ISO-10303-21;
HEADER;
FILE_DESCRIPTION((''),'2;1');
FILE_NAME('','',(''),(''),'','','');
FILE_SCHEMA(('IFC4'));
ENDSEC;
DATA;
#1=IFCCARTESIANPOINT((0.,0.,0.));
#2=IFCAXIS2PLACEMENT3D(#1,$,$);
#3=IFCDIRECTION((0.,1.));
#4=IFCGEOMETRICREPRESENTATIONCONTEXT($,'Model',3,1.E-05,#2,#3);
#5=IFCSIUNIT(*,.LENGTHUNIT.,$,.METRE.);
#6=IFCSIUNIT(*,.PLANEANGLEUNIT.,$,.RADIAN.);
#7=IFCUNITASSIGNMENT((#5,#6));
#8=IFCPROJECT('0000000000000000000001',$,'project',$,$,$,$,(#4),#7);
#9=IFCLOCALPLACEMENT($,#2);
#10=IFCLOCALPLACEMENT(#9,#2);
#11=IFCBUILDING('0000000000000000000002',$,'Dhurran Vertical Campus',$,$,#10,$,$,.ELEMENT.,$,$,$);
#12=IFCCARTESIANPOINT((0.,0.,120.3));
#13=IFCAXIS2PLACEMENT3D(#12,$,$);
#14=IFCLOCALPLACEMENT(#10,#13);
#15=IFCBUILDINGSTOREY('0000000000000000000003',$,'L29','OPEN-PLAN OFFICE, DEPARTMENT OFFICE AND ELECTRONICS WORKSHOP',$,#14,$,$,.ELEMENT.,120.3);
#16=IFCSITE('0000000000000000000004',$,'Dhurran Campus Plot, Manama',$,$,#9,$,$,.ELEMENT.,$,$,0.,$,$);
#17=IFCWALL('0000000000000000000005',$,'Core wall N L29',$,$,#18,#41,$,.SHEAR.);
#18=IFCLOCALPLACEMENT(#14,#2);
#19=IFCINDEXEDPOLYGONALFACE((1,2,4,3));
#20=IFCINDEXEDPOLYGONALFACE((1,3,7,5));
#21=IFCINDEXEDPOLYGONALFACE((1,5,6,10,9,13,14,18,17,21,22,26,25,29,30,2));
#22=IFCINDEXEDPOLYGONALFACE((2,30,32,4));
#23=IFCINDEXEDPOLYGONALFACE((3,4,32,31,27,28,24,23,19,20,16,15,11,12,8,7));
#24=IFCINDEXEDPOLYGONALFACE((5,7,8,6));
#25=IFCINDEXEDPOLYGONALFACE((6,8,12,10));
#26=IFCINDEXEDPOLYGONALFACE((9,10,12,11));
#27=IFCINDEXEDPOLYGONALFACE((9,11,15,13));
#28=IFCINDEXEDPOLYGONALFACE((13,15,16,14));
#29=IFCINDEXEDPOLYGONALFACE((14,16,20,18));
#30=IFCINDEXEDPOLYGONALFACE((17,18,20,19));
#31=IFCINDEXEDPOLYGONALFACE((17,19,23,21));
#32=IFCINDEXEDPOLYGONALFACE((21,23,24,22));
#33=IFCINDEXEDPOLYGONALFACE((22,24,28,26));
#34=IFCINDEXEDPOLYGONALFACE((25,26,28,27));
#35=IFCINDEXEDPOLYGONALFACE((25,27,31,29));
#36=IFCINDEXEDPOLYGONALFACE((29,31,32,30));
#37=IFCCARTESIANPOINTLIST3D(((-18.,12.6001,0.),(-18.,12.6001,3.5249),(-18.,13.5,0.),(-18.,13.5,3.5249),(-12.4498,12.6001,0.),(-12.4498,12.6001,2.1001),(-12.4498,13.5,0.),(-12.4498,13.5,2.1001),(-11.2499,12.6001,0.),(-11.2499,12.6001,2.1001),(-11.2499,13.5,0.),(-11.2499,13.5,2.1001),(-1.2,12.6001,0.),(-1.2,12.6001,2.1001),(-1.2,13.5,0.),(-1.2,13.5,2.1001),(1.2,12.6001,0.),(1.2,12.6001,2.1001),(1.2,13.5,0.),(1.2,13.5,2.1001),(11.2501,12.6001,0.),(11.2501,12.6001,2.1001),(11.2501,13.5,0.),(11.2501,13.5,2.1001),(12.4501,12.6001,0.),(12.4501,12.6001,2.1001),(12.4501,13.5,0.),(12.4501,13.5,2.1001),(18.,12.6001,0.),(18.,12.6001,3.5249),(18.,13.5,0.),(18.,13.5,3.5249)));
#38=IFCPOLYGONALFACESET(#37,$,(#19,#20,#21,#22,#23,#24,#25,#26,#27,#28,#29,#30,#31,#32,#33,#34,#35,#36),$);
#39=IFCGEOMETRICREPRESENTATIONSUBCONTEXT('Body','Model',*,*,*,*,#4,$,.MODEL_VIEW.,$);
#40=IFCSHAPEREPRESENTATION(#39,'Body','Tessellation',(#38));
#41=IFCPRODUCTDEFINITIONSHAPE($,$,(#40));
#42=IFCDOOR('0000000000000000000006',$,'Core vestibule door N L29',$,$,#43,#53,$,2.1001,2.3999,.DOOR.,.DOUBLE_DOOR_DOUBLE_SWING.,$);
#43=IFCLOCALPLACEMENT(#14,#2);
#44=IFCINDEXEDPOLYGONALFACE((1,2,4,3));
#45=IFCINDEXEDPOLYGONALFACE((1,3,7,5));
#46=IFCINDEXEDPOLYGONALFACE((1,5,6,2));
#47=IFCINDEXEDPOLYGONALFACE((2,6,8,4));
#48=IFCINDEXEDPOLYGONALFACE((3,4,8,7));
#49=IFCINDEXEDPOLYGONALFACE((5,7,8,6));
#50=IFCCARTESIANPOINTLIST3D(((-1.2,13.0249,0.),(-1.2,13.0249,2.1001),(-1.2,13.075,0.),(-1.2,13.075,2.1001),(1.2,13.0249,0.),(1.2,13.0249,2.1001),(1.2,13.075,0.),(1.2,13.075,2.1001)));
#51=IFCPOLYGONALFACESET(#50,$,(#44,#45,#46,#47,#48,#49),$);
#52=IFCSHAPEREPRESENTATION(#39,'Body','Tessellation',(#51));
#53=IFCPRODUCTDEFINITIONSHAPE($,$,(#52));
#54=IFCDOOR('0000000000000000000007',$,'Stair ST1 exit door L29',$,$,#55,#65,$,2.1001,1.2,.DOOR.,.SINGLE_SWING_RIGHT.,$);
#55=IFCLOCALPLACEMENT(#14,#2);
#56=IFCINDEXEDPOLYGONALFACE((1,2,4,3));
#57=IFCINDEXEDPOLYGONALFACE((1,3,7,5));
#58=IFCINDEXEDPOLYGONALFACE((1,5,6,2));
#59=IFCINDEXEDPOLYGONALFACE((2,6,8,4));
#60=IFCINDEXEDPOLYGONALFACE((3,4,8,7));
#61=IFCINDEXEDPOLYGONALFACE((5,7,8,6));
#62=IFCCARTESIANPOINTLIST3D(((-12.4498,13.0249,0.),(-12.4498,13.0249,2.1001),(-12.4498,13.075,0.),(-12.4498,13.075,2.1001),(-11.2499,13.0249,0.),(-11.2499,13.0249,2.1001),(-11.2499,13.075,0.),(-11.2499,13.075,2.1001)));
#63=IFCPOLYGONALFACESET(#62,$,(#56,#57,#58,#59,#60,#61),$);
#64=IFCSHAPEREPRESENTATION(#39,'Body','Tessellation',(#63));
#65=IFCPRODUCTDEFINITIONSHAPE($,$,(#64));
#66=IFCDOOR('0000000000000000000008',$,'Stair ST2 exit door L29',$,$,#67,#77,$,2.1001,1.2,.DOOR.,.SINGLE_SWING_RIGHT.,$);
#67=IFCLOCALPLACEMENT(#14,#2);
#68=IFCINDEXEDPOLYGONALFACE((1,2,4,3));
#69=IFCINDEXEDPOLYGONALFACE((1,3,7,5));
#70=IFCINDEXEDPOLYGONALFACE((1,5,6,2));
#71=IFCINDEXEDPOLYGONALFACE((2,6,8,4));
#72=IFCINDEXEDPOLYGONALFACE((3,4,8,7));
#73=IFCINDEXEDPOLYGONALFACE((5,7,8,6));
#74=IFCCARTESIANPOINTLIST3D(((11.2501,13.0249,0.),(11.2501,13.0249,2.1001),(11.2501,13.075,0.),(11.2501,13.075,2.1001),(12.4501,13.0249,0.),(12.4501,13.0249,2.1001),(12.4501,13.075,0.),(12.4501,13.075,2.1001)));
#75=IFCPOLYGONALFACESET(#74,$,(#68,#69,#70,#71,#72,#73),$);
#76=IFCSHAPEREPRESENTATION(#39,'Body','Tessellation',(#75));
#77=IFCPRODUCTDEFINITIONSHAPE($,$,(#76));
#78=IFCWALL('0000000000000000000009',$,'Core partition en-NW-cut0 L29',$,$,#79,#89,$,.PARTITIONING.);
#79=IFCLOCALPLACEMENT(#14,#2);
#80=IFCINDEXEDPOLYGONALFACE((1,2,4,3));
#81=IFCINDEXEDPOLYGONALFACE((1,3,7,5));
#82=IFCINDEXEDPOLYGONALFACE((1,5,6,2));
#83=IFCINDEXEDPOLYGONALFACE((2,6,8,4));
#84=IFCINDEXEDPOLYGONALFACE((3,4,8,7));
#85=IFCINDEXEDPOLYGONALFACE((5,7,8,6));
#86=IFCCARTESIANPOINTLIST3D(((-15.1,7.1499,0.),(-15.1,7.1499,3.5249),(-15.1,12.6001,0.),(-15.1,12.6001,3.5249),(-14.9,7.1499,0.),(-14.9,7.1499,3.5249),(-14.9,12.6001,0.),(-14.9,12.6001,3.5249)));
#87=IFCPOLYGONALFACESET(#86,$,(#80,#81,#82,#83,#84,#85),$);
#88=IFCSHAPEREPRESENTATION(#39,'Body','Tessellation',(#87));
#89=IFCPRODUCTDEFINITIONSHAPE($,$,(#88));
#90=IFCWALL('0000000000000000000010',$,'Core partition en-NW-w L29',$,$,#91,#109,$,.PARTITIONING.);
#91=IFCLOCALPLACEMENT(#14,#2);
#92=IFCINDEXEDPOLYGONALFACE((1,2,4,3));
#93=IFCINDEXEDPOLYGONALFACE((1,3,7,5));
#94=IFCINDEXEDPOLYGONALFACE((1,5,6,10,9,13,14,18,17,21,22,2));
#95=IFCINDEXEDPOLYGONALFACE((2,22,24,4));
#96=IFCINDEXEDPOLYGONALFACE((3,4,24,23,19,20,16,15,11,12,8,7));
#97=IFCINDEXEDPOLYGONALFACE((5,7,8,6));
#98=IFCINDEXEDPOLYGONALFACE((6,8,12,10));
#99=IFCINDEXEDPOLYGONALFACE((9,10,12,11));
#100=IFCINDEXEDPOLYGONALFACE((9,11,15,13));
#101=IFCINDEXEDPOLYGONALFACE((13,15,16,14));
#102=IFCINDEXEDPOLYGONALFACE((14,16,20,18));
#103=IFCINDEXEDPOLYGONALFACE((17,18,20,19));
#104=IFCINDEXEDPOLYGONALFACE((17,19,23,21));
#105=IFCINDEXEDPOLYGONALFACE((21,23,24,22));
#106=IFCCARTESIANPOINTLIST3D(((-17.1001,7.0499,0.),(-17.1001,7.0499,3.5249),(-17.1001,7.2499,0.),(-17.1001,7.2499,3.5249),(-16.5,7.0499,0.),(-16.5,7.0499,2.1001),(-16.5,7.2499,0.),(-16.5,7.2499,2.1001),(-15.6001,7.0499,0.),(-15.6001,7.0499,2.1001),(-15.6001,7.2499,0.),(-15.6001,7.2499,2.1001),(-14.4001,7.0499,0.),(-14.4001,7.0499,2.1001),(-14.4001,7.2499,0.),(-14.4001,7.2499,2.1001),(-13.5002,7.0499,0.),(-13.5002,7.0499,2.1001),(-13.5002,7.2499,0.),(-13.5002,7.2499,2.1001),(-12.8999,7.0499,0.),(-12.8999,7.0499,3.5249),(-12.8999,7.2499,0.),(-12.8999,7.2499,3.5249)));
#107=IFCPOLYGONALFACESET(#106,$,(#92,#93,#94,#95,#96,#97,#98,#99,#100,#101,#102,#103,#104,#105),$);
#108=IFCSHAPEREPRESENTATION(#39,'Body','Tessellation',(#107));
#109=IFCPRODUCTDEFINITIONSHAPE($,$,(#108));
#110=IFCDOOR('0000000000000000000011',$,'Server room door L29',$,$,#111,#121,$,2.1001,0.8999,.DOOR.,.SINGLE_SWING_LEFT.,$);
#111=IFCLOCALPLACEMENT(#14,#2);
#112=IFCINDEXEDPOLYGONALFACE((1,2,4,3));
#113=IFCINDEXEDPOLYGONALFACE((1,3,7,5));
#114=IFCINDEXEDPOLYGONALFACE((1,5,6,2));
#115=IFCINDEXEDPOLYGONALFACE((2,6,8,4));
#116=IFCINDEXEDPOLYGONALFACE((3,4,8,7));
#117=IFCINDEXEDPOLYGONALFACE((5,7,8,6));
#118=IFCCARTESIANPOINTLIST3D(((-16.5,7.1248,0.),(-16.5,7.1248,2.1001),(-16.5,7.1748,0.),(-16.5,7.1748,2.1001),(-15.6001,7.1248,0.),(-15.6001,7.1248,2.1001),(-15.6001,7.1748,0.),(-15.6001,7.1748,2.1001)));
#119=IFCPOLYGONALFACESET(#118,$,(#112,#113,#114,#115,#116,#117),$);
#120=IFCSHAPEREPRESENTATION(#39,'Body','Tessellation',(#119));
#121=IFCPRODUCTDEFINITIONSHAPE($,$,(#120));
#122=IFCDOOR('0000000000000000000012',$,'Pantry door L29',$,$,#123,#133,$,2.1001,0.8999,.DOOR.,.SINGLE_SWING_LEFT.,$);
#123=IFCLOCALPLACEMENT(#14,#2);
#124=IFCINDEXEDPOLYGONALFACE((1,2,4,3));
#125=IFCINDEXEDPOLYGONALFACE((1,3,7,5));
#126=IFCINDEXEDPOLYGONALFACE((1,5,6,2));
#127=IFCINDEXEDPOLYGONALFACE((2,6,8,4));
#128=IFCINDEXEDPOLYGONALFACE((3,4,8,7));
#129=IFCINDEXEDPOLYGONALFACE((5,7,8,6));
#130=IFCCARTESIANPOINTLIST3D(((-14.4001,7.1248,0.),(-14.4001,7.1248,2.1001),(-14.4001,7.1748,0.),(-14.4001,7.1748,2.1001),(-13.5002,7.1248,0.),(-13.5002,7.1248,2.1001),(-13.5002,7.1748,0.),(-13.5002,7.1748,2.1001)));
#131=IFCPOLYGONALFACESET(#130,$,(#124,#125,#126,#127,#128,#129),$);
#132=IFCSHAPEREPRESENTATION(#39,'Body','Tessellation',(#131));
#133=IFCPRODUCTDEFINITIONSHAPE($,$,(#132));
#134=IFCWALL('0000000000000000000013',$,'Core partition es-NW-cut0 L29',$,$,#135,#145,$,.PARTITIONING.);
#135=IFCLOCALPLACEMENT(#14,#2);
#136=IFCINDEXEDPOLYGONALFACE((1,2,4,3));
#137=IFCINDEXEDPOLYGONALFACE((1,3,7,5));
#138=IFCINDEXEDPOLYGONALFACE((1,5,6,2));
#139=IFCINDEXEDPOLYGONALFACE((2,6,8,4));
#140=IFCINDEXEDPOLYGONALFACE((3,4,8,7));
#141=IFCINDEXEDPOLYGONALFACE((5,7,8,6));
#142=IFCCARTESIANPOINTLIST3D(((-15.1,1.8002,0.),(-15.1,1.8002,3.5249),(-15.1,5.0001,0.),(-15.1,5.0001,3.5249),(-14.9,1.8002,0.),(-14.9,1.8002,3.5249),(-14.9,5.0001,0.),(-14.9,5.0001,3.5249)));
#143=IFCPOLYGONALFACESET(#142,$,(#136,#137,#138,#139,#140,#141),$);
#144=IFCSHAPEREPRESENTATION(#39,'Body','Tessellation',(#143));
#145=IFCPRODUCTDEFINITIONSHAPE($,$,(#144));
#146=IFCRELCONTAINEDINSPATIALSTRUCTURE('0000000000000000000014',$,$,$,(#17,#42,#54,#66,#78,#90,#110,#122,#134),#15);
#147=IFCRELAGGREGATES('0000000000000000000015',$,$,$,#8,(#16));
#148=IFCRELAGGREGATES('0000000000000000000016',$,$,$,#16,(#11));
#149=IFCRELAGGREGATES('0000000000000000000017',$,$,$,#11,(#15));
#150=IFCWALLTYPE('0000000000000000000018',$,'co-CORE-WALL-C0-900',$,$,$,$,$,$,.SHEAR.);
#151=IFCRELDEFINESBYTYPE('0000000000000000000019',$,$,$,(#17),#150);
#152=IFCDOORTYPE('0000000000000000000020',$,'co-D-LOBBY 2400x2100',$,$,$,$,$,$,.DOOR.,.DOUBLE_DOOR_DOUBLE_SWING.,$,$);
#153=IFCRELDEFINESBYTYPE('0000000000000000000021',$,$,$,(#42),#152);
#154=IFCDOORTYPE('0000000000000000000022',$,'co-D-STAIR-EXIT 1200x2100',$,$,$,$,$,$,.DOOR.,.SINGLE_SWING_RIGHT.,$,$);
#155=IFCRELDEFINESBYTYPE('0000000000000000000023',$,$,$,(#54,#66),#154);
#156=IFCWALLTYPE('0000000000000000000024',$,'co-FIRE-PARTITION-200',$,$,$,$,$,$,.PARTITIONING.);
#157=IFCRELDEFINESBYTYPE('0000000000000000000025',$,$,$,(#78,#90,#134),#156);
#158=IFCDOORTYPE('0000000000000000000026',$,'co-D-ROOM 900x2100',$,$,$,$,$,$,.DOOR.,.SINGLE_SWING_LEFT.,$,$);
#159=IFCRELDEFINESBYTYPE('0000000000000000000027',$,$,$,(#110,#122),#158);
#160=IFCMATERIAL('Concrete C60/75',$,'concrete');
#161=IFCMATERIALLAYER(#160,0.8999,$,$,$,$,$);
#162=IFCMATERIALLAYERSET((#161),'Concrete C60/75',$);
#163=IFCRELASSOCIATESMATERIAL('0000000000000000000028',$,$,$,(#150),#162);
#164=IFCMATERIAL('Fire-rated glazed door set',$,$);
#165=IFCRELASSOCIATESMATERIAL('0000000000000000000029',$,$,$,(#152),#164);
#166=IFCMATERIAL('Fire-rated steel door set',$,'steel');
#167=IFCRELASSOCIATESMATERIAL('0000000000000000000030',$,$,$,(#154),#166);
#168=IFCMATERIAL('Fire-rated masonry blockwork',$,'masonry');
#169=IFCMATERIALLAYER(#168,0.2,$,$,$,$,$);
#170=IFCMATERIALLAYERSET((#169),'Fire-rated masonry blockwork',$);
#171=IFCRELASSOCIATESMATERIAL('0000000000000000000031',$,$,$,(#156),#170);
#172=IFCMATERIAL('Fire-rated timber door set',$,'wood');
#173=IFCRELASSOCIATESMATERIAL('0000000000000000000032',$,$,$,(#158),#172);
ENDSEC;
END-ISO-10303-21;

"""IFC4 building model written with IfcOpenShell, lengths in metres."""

from ifc_helpers import new_model, si_unit, direction, frame, frame_2d, origin, place, context, subcontext, project, spatial, rectangle, extrude, material, layer, layer_set, type_object, element, fill, save


model = new_model("IFC4")

# Units and contexts
model_context = context("Model", 3, precision=1e-05, world=origin(), true_north=direction((0.0, 1.0)))
body_context = subcontext(model_context, "Body", "Model", "MODEL_VIEW")
ifc_project = project(units=[si_unit("LENGTHUNIT", "METRE"), si_unit("PLANEANGLEUNIT", "RADIAN")], contexts=[model_context])

# Site, building, storey
site_placement = place(None, origin())
site = spatial("IfcSite", under=ifc_project, at=site_placement, Name="Dhurran Campus Plot, Manama", CompositionType="ELEMENT", RefElevation=0.0)
building_placement = place(site_placement, origin())
building = spatial("IfcBuilding", under=site, at=building_placement, Name="Dhurran Vertical Campus", CompositionType="ELEMENT")
storey_placement = place(building_placement, frame((0.0, 0.0, 120.3)))
storey = spatial("IfcBuildingStorey", under=building, at=storey_placement, Name="L29", Description="OPEN-PLAN OFFICE, DEPARTMENT OFFICE AND ELECTRONICS WORKSHOP", CompositionType="ELEMENT", Elevation=120.3)

# Wall, openings, doors
ifc_material_1 = material(Name="Concrete C60/75", Category="concrete")
ifc_layer_1 = layer(ifc_material_1, 0.8999)
ifc_layer_set_1 = layer_set([ifc_layer_1], Name="Concrete C60/75")
wall_type_1 = type_object("IfcWallType", Name="co-CORE-WALL-C0-900", PredefinedType="SHEAR", material=ifc_layer_set_1)
wall_1_placement = place(storey_placement, frame((-18.0, 13.05, 0.0), z_axis=(0.0, 0.0, 1.0), x_axis=(1.0, 0.0, 0.0)))
wall_1 = element("IfcWall", 1, at=wall_1_placement, inside=storey, type_object=wall_type_1, Name="Core wall N L29", PredefinedType="SHEAR", context=body_context, shape_type="SweptSolid", body=[
    extrude(rectangle(XDim=36.0, YDim=0.8999, at=frame_2d((18.0, 0.0))), origin(), (0.0, 0.0, 1.0), 3.5249),
])
opening_1_placement = place(wall_1_placement, frame((16.8, 0.0, 0.0)))
opening_1 = element("IfcOpeningElement", 2, at=opening_1_placement, cuts=wall_1, PredefinedType="OPENING", context=body_context, shape_type="SweptSolid", body=[
    extrude(rectangle(XDim=2.3999, YDim=2.1001, at=frame_2d((1.2, 1.05))), frame((0.0, 0.46, 0.0), z_axis=(0.0, -1.0, 0.0), x_axis=(1.0, 0.0, 0.0)), (0.0, 0.0, 1.0), 0.9199),
])
opening_2_placement = place(wall_1_placement, frame((5.55, 0.0, 0.0)))
opening_2 = element("IfcOpeningElement", 3, at=opening_2_placement, cuts=wall_1, PredefinedType="OPENING", context=body_context, shape_type="SweptSolid", body=[
    extrude(rectangle(XDim=1.2, YDim=2.1001, at=frame_2d((0.6001, 1.05))), frame((0.0, 0.46, 0.0), z_axis=(0.0, -1.0, 0.0), x_axis=(1.0, 0.0, 0.0)), (0.0, 0.0, 1.0), 0.9199),
])
opening_3_placement = place(wall_1_placement, frame((29.25, 0.0, 0.0)))
opening_3 = element("IfcOpeningElement", 4, at=opening_3_placement, cuts=wall_1, PredefinedType="OPENING", context=body_context, shape_type="SweptSolid", body=[
    extrude(rectangle(XDim=1.2, YDim=2.1001, at=frame_2d((0.6001, 1.05))), frame((0.0, 0.46, 0.0), z_axis=(0.0, -1.0, 0.0), x_axis=(1.0, 0.0, 0.0)), (0.0, 0.0, 1.0), 0.9199),
])
ifc_material_2 = material(Name="Fire-rated glazed door set")
door_type_1 = type_object("IfcDoorType", Name="co-D-LOBBY 2400x2100", OperationType="DOUBLE_DOOR_DOUBLE_SWING", PredefinedType="DOOR", material=ifc_material_2)
door_1_placement = place(opening_1_placement, origin())
door_1 = element("IfcDoor", 5, at=door_1_placement, inside=storey, type_object=door_type_1, Name="Core vestibule door N L29", OperationType="DOUBLE_DOOR_DOUBLE_SWING", OverallHeight=2.1001, OverallWidth=2.3999, PredefinedType="DOOR", context=body_context, shape_type="SweptSolid", body=[
    extrude(rectangle(XDim=2.3999, YDim=2.1001, at=frame_2d((1.2, 1.05))), frame((0.0, 0.0249, 0.0), z_axis=(0.0, -1.0, 0.0), x_axis=(1.0, 0.0, 0.0)), (0.0, 0.0, 1.0), 0.05),
])
fill(opening_1, door_1)
ifc_material_3 = material(Name="Fire-rated steel door set", Category="steel")
door_type_2 = type_object("IfcDoorType", Name="co-D-STAIR-EXIT 1200x2100", OperationType="SINGLE_SWING_RIGHT", PredefinedType="DOOR", material=ifc_material_3)
door_2_placement = place(opening_2_placement, origin())
door_2 = element("IfcDoor", 6, at=door_2_placement, inside=storey, type_object=door_type_2, Name="Stair ST1 exit door L29", OperationType="SINGLE_SWING_RIGHT", OverallHeight=2.1001, OverallWidth=1.2, PredefinedType="DOOR", context=body_context, shape_type="SweptSolid", body=[
    extrude(rectangle(XDim=1.2, YDim=2.1001, at=frame_2d((0.6001, 1.05))), frame((0.0, 0.0249, 0.0), z_axis=(0.0, -1.0, 0.0), x_axis=(1.0, 0.0, 0.0)), (0.0, 0.0, 1.0), 0.05),
])
fill(opening_2, door_2)
door_3_placement = place(opening_3_placement, origin())
door_3 = element("IfcDoor", 7, at=door_3_placement, inside=storey, type_object=door_type_2, Name="Stair ST2 exit door L29", OperationType="SINGLE_SWING_RIGHT", OverallHeight=2.1001, OverallWidth=1.2, PredefinedType="DOOR", context=body_context, shape_type="SweptSolid", body=[
    extrude(rectangle(XDim=1.2, YDim=2.1001, at=frame_2d((0.6001, 1.05))), frame((0.0, 0.0249, 0.0), z_axis=(0.0, -1.0, 0.0), x_axis=(1.0, 0.0, 0.0)), (0.0, 0.0, 1.0), 0.05),
])
fill(opening_3, door_3)

# Wall
ifc_material_4 = material(Name="Fire-rated masonry blockwork", Category="masonry")
ifc_layer_2 = layer(ifc_material_4, 0.2)
ifc_layer_set_2 = layer_set([ifc_layer_2], Name="Fire-rated masonry blockwork")
wall_type_2 = type_object("IfcWallType", Name="co-FIRE-PARTITION-200", PredefinedType="PARTITIONING", material=ifc_layer_set_2)
wall_2_placement = place(storey_placement, frame((-15.0, 7.1499, 0.0), z_axis=(0.0, 0.0, 1.0), x_axis=(0.0, 1.0, 0.0)))
element("IfcWall", 8, at=wall_2_placement, inside=storey, type_object=wall_type_2, Name="Core partition en-NW-cut0 L29", PredefinedType="PARTITIONING", context=body_context, shape_type="SweptSolid", body=[
    extrude(rectangle(XDim=5.4502, YDim=0.2, at=frame_2d((2.7251, 0.0))), origin(), (0.0, 0.0, 1.0), 3.5249),
])

# Wall, openings, doors
wall_3_placement = place(storey_placement, frame((-17.1001, 7.1499, 0.0), z_axis=(0.0, 0.0, 1.0), x_axis=(1.0, 0.0, 0.0)))
wall_3 = element("IfcWall", 9, at=wall_3_placement, inside=storey, type_object=wall_type_2, Name="Core partition en-NW-w L29", PredefinedType="PARTITIONING", context=body_context, shape_type="SweptSolid", body=[
    extrude(rectangle(XDim=4.2002, YDim=0.2, at=frame_2d((2.1001, 0.0))), origin(), (0.0, 0.0, 1.0), 3.5249),
])
opening_4_placement = place(wall_3_placement, frame((0.6001, 0.0, 0.0)))
opening_4 = element("IfcOpeningElement", 10, at=opening_4_placement, cuts=wall_3, PredefinedType="OPENING", context=body_context, shape_type="SweptSolid", body=[
    extrude(rectangle(XDim=0.8999, YDim=2.1001, at=frame_2d((0.45, 1.05))), frame((0.0, 0.1099, 0.0), z_axis=(0.0, -1.0, 0.0), x_axis=(1.0, 0.0, 0.0)), (0.0, 0.0, 1.0), 0.22),
])
opening_5_placement = place(wall_3_placement, frame((2.7, 0.0, 0.0)))
opening_5 = element("IfcOpeningElement", 11, at=opening_5_placement, cuts=wall_3, PredefinedType="OPENING", context=body_context, shape_type="SweptSolid", body=[
    extrude(rectangle(XDim=0.8999, YDim=2.1001, at=frame_2d((0.45, 1.05))), frame((0.0, 0.1099, 0.0), z_axis=(0.0, -1.0, 0.0), x_axis=(1.0, 0.0, 0.0)), (0.0, 0.0, 1.0), 0.22),
])
ifc_material_5 = material(Name="Fire-rated timber door set", Category="wood")
door_type_3 = type_object("IfcDoorType", Name="co-D-ROOM 900x2100", OperationType="SINGLE_SWING_LEFT", PredefinedType="DOOR", material=ifc_material_5)
door_4_placement = place(opening_4_placement, origin())
door_4 = element("IfcDoor", 12, at=door_4_placement, inside=storey, type_object=door_type_3, Name="Server room door L29", OperationType="SINGLE_SWING_LEFT", OverallHeight=2.1001, OverallWidth=0.8999, PredefinedType="DOOR", context=body_context, shape_type="SweptSolid", body=[
    extrude(rectangle(XDim=0.8999, YDim=2.1001, at=frame_2d((0.45, 1.05))), frame((0.0, 0.0249, 0.0), z_axis=(0.0, -1.0, 0.0), x_axis=(1.0, 0.0, 0.0)), (0.0, 0.0, 1.0), 0.05),
])
fill(opening_4, door_4)
door_5_placement = place(opening_5_placement, origin())
door_5 = element("IfcDoor", 13, at=door_5_placement, inside=storey, type_object=door_type_3, Name="Pantry door L29", OperationType="SINGLE_SWING_LEFT", OverallHeight=2.1001, OverallWidth=0.8999, PredefinedType="DOOR", context=body_context, shape_type="SweptSolid", body=[
    extrude(rectangle(XDim=0.8999, YDim=2.1001, at=frame_2d((0.45, 1.05))), frame((0.0, 0.0249, 0.0), z_axis=(0.0, -1.0, 0.0), x_axis=(1.0, 0.0, 0.0)), (0.0, 0.0, 1.0), 0.05),
])
fill(opening_5, door_5)

# Wall
wall_4_placement = place(storey_placement, frame((-15.0, 1.8, 0.0), z_axis=(0.0, 0.0, 1.0), x_axis=(0.0, 1.0, 0.0)))
element("IfcWall", 14, at=wall_4_placement, inside=storey, type_object=wall_type_2, Name="Core partition es-NW-cut0 L29", PredefinedType="PARTITIONING", context=body_context, shape_type="SweptSolid", body=[
    extrude(rectangle(XDim=3.2, YDim=0.2, at=frame_2d((1.6001, 0.0))), origin(), (0.0, 0.0, 1.0), 3.5249),
])

save(model, "model.ifc")
